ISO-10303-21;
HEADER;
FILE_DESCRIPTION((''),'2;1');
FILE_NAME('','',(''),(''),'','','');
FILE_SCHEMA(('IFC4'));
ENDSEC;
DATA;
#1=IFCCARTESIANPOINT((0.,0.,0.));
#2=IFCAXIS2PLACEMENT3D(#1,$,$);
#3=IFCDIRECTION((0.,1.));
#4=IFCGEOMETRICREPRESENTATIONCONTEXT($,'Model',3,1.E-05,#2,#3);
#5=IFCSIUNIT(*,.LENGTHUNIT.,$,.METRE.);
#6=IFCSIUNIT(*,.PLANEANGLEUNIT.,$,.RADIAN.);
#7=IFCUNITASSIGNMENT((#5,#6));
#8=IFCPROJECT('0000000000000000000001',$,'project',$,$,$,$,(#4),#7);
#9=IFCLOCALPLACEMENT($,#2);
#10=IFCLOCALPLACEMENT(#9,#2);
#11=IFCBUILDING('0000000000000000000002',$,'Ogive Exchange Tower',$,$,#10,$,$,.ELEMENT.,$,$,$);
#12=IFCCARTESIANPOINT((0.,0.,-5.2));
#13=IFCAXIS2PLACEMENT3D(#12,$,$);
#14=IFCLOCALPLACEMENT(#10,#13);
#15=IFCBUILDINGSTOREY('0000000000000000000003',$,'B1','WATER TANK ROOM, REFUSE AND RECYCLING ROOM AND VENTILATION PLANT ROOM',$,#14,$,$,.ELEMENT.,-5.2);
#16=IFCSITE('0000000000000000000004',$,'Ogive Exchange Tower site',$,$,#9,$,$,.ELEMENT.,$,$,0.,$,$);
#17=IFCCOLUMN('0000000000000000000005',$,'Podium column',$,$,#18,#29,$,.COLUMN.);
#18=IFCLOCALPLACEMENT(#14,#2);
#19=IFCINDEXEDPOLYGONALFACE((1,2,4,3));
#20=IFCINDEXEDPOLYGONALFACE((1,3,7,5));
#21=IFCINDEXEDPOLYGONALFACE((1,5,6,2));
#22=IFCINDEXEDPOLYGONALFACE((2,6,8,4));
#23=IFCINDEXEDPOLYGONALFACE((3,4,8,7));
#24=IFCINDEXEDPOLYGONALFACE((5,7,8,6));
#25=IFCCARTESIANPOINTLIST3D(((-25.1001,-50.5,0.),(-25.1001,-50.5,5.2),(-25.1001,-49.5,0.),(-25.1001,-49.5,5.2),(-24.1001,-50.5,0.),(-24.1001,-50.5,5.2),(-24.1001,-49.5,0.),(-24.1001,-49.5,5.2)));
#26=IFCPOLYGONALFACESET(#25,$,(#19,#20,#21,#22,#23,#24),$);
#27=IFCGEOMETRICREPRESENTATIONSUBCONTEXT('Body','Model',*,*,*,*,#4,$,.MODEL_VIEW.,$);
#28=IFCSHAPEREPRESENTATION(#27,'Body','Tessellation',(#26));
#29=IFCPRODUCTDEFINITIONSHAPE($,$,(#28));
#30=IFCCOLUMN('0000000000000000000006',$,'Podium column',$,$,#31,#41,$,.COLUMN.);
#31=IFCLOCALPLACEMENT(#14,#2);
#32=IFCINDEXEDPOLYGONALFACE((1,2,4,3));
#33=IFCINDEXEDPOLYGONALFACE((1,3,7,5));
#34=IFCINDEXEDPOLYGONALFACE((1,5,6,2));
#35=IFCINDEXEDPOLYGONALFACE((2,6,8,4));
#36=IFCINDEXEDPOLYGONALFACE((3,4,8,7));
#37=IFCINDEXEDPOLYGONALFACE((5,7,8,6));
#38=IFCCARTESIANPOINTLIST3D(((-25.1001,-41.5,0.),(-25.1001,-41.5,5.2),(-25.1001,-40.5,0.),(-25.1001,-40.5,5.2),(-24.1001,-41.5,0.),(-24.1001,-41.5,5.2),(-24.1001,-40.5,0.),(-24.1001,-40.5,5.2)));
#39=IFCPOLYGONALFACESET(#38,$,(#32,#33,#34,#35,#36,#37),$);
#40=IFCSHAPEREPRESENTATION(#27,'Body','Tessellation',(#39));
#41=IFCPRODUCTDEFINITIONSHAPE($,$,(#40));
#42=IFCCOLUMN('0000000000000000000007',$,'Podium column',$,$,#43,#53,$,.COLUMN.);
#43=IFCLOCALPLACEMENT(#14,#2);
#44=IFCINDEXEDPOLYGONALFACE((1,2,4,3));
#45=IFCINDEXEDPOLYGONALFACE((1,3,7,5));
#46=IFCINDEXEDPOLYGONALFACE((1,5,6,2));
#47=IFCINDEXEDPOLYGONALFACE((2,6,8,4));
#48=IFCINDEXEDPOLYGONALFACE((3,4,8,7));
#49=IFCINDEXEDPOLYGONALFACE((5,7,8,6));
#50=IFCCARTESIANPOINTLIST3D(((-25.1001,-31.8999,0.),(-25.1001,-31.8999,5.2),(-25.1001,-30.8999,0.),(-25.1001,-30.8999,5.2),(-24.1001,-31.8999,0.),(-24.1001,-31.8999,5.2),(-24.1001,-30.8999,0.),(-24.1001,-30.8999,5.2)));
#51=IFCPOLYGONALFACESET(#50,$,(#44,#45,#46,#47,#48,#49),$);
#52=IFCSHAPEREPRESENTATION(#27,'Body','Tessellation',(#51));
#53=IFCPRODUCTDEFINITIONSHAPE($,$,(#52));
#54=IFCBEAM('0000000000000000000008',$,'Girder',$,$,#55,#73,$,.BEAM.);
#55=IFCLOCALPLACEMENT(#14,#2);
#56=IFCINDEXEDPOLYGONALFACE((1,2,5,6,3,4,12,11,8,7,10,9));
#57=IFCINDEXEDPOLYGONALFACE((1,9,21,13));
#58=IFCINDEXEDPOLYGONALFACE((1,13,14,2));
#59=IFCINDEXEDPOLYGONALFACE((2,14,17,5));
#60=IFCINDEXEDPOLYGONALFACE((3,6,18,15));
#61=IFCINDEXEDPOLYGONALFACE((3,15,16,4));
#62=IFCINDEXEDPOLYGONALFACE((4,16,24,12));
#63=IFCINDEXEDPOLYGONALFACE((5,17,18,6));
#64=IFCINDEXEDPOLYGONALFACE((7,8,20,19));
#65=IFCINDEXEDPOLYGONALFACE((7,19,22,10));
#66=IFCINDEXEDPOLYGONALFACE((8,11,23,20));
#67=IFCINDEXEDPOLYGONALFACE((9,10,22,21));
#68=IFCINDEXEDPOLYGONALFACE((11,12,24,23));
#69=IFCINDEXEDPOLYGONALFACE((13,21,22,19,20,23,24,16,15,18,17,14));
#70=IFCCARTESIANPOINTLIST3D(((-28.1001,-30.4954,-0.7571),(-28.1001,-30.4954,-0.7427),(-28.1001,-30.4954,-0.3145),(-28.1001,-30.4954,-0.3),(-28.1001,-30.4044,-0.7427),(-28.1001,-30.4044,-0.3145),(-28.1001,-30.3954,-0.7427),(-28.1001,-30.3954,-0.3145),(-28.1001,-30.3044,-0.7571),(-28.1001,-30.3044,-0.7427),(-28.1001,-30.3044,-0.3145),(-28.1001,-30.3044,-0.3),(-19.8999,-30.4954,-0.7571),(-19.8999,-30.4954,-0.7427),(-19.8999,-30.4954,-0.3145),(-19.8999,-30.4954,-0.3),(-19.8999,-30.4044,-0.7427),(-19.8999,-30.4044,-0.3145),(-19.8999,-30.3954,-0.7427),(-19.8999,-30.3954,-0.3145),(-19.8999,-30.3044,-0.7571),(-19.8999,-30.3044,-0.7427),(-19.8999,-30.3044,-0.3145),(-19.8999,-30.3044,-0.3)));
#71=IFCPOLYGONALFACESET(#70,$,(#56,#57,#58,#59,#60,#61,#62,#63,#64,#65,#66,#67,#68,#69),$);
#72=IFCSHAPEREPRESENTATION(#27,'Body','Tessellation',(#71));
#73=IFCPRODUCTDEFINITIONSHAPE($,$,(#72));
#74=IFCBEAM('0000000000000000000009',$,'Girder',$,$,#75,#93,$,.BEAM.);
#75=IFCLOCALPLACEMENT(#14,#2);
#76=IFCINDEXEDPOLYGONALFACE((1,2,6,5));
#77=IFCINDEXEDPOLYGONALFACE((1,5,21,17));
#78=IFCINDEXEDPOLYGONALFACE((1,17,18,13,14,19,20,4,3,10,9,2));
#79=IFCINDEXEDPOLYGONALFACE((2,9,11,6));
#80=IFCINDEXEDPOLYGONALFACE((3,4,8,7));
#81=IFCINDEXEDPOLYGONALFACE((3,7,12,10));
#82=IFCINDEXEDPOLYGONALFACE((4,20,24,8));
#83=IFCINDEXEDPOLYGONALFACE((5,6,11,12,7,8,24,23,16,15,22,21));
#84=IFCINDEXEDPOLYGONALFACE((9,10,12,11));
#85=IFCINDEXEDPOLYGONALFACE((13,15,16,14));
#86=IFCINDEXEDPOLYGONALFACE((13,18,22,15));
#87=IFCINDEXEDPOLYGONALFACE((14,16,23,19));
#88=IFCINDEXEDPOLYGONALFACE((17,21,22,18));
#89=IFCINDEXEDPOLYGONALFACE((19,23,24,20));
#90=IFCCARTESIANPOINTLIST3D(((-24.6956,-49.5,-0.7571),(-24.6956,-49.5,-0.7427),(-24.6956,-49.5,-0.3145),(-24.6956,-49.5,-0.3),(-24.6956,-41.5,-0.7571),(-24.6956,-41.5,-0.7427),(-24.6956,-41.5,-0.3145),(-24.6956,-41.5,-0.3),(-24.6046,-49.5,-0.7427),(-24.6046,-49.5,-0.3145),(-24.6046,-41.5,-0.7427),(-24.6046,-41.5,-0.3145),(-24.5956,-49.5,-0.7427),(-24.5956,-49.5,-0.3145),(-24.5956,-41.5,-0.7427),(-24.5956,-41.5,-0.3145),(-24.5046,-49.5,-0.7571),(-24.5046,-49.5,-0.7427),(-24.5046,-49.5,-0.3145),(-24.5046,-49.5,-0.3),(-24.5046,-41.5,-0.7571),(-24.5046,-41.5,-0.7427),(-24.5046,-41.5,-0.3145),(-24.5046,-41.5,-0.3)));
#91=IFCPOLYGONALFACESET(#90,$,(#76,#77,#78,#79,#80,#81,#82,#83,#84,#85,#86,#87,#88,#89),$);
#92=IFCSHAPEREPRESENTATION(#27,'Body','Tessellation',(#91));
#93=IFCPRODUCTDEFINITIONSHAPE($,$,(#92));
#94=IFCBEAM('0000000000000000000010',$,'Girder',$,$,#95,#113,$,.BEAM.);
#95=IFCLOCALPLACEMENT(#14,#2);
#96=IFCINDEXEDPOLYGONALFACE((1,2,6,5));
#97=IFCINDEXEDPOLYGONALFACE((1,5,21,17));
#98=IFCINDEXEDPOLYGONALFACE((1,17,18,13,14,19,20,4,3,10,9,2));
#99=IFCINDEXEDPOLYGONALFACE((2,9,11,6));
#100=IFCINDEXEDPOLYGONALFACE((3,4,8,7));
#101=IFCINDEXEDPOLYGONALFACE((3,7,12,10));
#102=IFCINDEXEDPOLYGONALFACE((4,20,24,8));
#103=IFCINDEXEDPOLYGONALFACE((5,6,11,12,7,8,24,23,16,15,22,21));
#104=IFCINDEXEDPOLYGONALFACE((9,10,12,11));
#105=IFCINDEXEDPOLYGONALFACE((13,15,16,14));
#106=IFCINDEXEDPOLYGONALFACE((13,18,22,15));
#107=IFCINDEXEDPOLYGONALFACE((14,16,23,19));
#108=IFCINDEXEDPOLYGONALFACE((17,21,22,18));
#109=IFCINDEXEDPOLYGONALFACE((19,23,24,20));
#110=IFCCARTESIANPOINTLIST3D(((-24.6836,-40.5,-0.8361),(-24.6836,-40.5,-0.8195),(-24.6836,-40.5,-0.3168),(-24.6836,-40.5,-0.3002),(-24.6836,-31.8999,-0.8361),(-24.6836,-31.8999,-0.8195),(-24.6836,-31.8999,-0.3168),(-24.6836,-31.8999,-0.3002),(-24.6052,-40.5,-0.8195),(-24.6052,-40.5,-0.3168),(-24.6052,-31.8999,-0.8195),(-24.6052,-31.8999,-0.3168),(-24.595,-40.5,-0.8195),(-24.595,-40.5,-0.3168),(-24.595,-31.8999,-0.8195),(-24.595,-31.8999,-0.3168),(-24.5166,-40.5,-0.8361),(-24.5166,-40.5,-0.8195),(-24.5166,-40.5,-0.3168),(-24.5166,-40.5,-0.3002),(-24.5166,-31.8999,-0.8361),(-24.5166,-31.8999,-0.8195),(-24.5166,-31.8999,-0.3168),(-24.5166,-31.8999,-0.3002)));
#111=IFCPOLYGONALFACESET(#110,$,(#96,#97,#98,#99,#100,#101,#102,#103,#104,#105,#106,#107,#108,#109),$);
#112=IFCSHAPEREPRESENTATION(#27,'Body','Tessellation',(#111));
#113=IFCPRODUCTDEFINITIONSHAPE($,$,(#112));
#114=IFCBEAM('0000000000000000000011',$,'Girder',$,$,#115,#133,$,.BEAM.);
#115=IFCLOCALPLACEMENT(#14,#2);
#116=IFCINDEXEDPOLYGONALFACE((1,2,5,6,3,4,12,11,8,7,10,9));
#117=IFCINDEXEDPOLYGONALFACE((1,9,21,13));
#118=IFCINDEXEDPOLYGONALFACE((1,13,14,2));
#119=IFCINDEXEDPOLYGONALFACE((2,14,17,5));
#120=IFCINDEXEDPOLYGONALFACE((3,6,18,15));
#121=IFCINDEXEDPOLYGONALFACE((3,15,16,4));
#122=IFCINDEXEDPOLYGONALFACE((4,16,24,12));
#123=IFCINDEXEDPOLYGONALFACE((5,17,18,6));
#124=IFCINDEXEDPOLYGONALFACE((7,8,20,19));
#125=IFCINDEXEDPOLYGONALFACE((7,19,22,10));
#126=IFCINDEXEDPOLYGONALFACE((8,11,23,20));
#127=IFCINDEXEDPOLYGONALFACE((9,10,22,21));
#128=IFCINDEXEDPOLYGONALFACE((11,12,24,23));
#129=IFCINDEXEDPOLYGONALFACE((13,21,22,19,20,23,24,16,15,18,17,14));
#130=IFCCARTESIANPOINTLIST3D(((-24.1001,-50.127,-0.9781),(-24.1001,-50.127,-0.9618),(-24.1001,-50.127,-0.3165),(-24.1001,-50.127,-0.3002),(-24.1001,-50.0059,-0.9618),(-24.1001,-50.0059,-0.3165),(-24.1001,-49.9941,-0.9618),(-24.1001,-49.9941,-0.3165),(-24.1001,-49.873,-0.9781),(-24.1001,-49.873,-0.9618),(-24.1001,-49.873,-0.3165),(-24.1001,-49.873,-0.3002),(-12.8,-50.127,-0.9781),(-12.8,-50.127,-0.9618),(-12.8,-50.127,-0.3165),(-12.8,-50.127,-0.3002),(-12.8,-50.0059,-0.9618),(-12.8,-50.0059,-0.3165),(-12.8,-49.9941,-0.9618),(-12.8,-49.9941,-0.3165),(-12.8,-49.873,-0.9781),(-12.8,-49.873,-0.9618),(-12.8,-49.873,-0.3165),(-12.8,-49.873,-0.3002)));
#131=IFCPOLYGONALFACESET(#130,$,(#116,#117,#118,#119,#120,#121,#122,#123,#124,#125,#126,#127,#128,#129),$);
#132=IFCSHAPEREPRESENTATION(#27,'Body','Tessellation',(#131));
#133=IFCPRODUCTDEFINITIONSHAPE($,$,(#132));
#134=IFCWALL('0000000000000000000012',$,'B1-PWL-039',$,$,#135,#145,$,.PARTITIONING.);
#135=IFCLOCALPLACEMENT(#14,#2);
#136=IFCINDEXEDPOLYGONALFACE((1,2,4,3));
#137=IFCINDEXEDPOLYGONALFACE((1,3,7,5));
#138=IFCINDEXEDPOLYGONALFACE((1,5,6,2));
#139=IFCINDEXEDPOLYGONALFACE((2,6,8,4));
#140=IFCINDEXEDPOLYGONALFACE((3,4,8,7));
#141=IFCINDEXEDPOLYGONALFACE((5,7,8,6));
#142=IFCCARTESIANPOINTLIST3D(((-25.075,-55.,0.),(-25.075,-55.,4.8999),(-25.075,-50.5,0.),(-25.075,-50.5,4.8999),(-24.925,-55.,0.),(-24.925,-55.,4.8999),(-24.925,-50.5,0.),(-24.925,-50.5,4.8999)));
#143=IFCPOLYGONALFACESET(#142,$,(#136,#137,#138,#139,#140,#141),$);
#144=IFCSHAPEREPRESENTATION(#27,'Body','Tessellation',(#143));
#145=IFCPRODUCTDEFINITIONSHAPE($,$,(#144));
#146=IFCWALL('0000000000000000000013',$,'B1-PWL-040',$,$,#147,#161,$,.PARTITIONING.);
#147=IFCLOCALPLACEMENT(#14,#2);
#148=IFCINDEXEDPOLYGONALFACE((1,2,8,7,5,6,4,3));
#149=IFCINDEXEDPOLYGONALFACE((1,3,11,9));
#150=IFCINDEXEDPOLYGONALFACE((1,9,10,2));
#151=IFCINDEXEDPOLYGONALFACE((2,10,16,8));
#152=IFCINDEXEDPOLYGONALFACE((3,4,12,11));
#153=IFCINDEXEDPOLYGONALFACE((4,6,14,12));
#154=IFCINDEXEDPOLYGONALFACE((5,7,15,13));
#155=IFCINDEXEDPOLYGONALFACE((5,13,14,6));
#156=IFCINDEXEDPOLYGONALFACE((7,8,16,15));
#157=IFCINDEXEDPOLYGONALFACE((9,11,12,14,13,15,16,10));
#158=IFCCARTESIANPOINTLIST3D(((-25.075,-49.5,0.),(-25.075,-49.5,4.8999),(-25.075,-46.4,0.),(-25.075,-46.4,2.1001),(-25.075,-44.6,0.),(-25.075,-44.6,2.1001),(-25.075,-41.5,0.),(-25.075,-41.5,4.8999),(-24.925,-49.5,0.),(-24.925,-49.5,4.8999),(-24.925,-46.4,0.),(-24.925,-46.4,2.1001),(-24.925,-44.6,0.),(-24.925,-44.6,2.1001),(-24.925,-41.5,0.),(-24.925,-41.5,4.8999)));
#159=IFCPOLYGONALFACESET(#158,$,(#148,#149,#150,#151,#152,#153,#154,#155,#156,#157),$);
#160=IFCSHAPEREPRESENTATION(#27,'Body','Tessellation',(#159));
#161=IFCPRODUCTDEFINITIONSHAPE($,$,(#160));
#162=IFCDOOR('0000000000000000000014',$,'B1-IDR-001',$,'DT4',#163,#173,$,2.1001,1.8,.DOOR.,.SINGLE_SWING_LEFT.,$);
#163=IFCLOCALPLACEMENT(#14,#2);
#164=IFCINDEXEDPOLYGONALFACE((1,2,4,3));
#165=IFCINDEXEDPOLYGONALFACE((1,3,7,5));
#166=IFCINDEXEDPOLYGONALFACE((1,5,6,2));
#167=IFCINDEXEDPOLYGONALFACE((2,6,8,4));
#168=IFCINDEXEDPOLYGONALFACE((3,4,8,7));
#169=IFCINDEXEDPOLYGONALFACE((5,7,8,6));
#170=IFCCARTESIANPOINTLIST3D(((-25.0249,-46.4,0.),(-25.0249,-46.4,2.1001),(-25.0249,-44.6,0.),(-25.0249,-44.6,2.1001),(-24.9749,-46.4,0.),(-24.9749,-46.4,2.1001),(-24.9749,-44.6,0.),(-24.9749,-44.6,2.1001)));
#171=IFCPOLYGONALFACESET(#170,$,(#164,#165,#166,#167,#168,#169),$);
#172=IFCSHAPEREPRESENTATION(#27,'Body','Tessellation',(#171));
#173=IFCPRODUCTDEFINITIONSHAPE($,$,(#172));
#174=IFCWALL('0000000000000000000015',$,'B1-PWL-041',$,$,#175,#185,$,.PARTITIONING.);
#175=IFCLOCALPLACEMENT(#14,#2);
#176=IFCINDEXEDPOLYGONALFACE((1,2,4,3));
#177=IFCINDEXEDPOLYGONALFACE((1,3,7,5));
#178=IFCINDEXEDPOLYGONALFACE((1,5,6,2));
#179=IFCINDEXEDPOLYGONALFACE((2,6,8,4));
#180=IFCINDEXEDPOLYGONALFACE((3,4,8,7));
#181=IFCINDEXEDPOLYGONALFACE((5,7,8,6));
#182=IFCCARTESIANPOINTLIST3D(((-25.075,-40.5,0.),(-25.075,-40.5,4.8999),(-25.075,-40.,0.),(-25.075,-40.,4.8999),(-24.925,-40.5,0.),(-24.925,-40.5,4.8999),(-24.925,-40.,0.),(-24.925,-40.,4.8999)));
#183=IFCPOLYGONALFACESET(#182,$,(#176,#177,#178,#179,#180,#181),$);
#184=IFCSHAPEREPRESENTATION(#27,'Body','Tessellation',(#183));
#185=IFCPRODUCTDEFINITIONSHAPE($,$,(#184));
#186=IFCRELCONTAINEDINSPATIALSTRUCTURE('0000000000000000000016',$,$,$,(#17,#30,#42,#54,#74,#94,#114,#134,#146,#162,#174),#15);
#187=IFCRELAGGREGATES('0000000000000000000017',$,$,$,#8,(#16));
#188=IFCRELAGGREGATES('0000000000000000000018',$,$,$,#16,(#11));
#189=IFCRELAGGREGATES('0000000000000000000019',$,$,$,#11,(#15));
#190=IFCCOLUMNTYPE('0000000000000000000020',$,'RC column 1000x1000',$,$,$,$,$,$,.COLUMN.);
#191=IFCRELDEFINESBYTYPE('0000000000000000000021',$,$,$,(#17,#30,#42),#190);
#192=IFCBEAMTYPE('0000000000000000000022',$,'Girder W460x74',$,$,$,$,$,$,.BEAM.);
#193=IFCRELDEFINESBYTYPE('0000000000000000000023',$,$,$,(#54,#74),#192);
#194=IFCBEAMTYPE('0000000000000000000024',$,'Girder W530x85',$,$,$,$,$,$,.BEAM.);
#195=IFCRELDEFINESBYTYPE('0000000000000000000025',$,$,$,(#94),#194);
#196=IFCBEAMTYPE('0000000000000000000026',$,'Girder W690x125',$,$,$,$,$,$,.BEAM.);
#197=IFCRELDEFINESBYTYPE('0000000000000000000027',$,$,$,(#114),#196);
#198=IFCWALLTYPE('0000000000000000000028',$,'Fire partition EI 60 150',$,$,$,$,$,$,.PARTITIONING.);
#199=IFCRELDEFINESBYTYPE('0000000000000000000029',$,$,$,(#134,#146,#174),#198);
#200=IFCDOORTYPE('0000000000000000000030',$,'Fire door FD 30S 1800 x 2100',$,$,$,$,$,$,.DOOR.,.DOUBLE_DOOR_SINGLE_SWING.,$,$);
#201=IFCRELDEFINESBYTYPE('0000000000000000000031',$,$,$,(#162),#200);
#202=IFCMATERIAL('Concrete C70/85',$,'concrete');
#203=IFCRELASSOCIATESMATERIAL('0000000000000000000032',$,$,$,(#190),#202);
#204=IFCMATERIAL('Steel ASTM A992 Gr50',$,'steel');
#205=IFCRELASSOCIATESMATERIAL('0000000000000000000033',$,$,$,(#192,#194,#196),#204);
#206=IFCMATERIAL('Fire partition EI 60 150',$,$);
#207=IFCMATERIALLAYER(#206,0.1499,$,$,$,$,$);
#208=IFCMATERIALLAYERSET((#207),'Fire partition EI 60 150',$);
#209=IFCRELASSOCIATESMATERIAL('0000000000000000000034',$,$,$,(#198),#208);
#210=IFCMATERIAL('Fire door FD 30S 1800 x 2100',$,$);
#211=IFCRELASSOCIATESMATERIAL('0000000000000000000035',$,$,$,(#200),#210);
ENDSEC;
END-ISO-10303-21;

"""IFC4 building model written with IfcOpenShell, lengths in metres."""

from ifc_helpers import new_model, si_unit, direction, frame, frame_2d, origin, origin_2d, place, context, subcontext, project, spatial, rectangle, i_section, extrude, material, layer, layer_set, material_profile, profile_set, type_object, element, fill, save


model = new_model("IFC4")

# Units and contexts
model_context = context("Model", 3, precision=1e-05, world=origin(), true_north=direction((0.0, 1.0)))
body_context = subcontext(model_context, "Body", "Model", "MODEL_VIEW")
ifc_project = project(units=[si_unit("LENGTHUNIT", "METRE"), si_unit("PLANEANGLEUNIT", "RADIAN")], contexts=[model_context])

# Site, building, storey
site_placement = place(None, origin())
site = spatial("IfcSite", under=ifc_project, at=site_placement, Name="Ogive Exchange Tower site", CompositionType="ELEMENT", RefElevation=0.0)
building_placement = place(site_placement, origin())
building = spatial("IfcBuilding", under=site, at=building_placement, Name="Ogive Exchange Tower", CompositionType="ELEMENT")
storey_placement = place(building_placement, frame((0.0, 0.0, -5.2)))
storey = spatial("IfcBuildingStorey", under=building, at=storey_placement, Name="B1", Description="WATER TANK ROOM, REFUSE AND RECYCLING ROOM AND VENTILATION PLANT ROOM", CompositionType="ELEMENT", Elevation=-5.2)

# Columns
ifc_material_1 = material(Name="Concrete C70/85", Category="concrete")
ifc_material_profile_1 = material_profile(ifc_material_1, rectangle(XDim=1.0, YDim=1.0, at=origin_2d()), Name="RC 1000x1000")
ifc_profile_set_1 = profile_set([ifc_material_profile_1], Name="Concrete C70/85")
column_type = type_object("IfcColumnType", Name="RC column 1000x1000", PredefinedType="COLUMN", material=ifc_profile_set_1)
for number, where, z_axis, x_axis, name in (
    (1, (-24.6001, -50.0, 0.0), (0.0, 0.0, 1.0), (1.0, 0.0, 0.0), "Podium column"),
    (2, (-24.6001, -41.0, 0.0), (0.0, 0.0, 1.0), (1.0, 0.0, 0.0), "Podium column"),
    (3, (-24.6001, -31.3999, 0.0), (0.0, 0.0, 1.0), (1.0, 0.0, 0.0), "Podium column"),
):
    element("IfcColumn", number, at=place(storey_placement, frame(where, z_axis=z_axis, x_axis=x_axis)), inside=storey, type_object=column_type, Name=name, PredefinedType="COLUMN", context=body_context, shape_type="SweptSolid", body=[
        extrude(rectangle(XDim=1.0, YDim=1.0, at=origin_2d()), origin(), (0.0, 0.0, 1.0), 5.2),
    ])

# Beams
ifc_material_2 = material(Name="Steel ASTM A992 Gr50", Category="steel")
ifc_material_profile_2 = material_profile(ifc_material_2, i_section(OverallWidth=0.1909, OverallDepth=0.457, WebThickness=0.009, FlangeThickness=0.0144, at=origin_2d()), Name="W460x74")
ifc_profile_set_2 = profile_set([ifc_material_profile_2], Name="Steel ASTM A992 Gr50")
beam_type_1 = type_object("IfcBeamType", Name="Girder W460x74", PredefinedType="BEAM", material=ifc_profile_set_2)
beam_1_placement = place(storey_placement, frame((-28.1001, -30.3999, -0.5286), z_axis=(1.0, 0.0, 0.0), x_axis=(0.0, 1.0, 0.0)))
element("IfcBeam", 4, at=beam_1_placement, inside=storey, type_object=beam_type_1, Name="Girder", PredefinedType="BEAM", context=body_context, shape_type="SweptSolid", body=[
    extrude(i_section(OverallWidth=0.1909, OverallDepth=0.457, WebThickness=0.009, FlangeThickness=0.0144, at=origin_2d()), origin(), (0.0, 0.0, 1.0), 8.2002),
])
beam_2_placement = place(storey_placement, frame((-24.6001, -49.5, -0.5286), z_axis=(0.0, 1.0, 0.0), x_axis=(-1.0, 0.0, 0.0)))
element("IfcBeam", 5, at=beam_2_placement, inside=storey, type_object=beam_type_1, Name="Girder", PredefinedType="BEAM", context=body_context, shape_type="SweptSolid", body=[
    extrude(i_section(OverallWidth=0.1909, OverallDepth=0.457, WebThickness=0.009, FlangeThickness=0.0144, at=origin_2d()), origin(), (0.0, 0.0, 1.0), 8.0),
])
ifc_material_profile_3 = material_profile(ifc_material_2, i_section(OverallWidth=0.167, OverallDepth=0.5359, WebThickness=0.0103, FlangeThickness=0.0166, at=origin_2d()), Name="W530x85")
ifc_profile_set_3 = profile_set([ifc_material_profile_3], Name="Steel ASTM A992 Gr50")
beam_type_2 = type_object("IfcBeamType", Name="Girder W530x85", PredefinedType="BEAM", material=ifc_profile_set_3)
beam_3_placement = place(storey_placement, frame((-24.6001, -40.5, -0.5681), z_axis=(0.0, 1.0, 0.0), x_axis=(-1.0, 0.0, 0.0)))
element("IfcBeam", 6, at=beam_3_placement, inside=storey, type_object=beam_type_2, Name="Girder", PredefinedType="BEAM", context=body_context, shape_type="SweptSolid", body=[
    extrude(i_section(OverallWidth=0.167, OverallDepth=0.5359, WebThickness=0.0103, FlangeThickness=0.0166, at=origin_2d()), origin(), (0.0, 0.0, 1.0), 8.6001),
])
ifc_material_profile_4 = material_profile(ifc_material_2, i_section(OverallWidth=0.2539, OverallDepth=0.678, WebThickness=0.0117, FlangeThickness=0.0164, at=origin_2d()), Name="W690x125")
ifc_profile_set_4 = profile_set([ifc_material_profile_4], Name="Steel ASTM A992 Gr50")
beam_type_3 = type_object("IfcBeamType", Name="Girder W690x125", PredefinedType="BEAM", material=ifc_profile_set_4)
beam_4_placement = place(storey_placement, frame((-24.1001, -50.0, -0.6392), z_axis=(1.0, 0.0, 0.0), x_axis=(0.0, 1.0, 0.0)))
element("IfcBeam", 7, at=beam_4_placement, inside=storey, type_object=beam_type_3, Name="Girder", PredefinedType="BEAM", context=body_context, shape_type="SweptSolid", body=[
    extrude(i_section(OverallWidth=0.2539, OverallDepth=0.678, WebThickness=0.0117, FlangeThickness=0.0164, at=origin_2d()), origin(), (0.0, 0.0, 1.0), 11.3),
])

# Wall
ifc_material_3 = material(Name="Fire partition EI 60 150")
ifc_layer = layer(ifc_material_3, 0.1499)
ifc_layer_set = layer_set([ifc_layer], Name="Fire partition EI 60 150")
wall_type = type_object("IfcWallType", Name="Fire partition EI 60 150", PredefinedType="PARTITIONING", material=ifc_layer_set)
wall_1_placement = place(storey_placement, frame((-25.0, -55.0, 0.0), z_axis=(0.0, 0.0, 1.0), x_axis=(0.0, 1.0, 0.0)))
element("IfcWall", 8, at=wall_1_placement, inside=storey, type_object=wall_type, Name="B1-PWL-039", PredefinedType="PARTITIONING", context=body_context, shape_type="SweptSolid", body=[
    extrude(rectangle(XDim=4.5, YDim=0.1499, at=frame_2d((2.25, 0.0))), origin(), (0.0, 0.0, 1.0), 4.8999),
])

# Wall, opening, door
wall_2_placement = place(storey_placement, frame((-25.0, -49.5, 0.0), z_axis=(0.0, 0.0, 1.0), x_axis=(0.0, 1.0, 0.0)))
wall_2 = element("IfcWall", 9, at=wall_2_placement, inside=storey, type_object=wall_type, Name="B1-PWL-040", PredefinedType="PARTITIONING", context=body_context, shape_type="SweptSolid", body=[
    extrude(rectangle(XDim=8.0, YDim=0.1499, at=frame_2d((4.0, 0.0))), origin(), (0.0, 0.0, 1.0), 4.8999),
])
opening_1_placement = place(wall_2_placement, frame((3.1001, 0.0, 0.0)))
opening_1 = element("IfcOpeningElement", 10, at=opening_1_placement, cuts=wall_2, PredefinedType="OPENING", context=body_context, shape_type="SweptSolid", body=[
    extrude(rectangle(XDim=1.8, YDim=2.1001, at=frame_2d((0.8999, 1.05))), frame((0.0, 0.085, 0.0), z_axis=(0.0, -1.0, 0.0), x_axis=(1.0, 0.0, 0.0)), (0.0, 0.0, 1.0), 0.1699),
])
ifc_material_4 = material(Name="Fire door FD 30S 1800 x 2100")
door_type = type_object("IfcDoorType", Name="Fire door FD 30S 1800 x 2100", OperationType="DOUBLE_DOOR_SINGLE_SWING", PredefinedType="DOOR", material=ifc_material_4)
door_1_placement = place(opening_1_placement, origin())
door_1 = element("IfcDoor", 11, at=door_1_placement, inside=storey, type_object=door_type, Name="B1-IDR-001", ObjectType="DT4", OperationType="SINGLE_SWING_LEFT", OverallHeight=2.1001, OverallWidth=1.8, PredefinedType="DOOR", context=body_context, shape_type="SweptSolid", body=[
    extrude(rectangle(XDim=1.8, YDim=2.1001, at=frame_2d((0.8999, 1.05))), frame((0.0, 0.0249, 0.0), z_axis=(0.0, -1.0, 0.0), x_axis=(1.0, 0.0, 0.0)), (0.0, 0.0, 1.0), 0.05),
])
fill(opening_1, door_1)

# Wall
wall_3_placement = place(storey_placement, frame((-25.0, -40.5, 0.0), z_axis=(0.0, 0.0, 1.0), x_axis=(0.0, 1.0, 0.0)))
element("IfcWall", 12, at=wall_3_placement, inside=storey, type_object=wall_type, Name="B1-PWL-041", PredefinedType="PARTITIONING", context=body_context, shape_type="SweptSolid", body=[
    extrude(rectangle(XDim=0.5, YDim=0.1499, at=frame_2d((0.25, 0.0))), origin(), (0.0, 0.0, 1.0), 4.8999),
])

save(model, "model.ifc")
